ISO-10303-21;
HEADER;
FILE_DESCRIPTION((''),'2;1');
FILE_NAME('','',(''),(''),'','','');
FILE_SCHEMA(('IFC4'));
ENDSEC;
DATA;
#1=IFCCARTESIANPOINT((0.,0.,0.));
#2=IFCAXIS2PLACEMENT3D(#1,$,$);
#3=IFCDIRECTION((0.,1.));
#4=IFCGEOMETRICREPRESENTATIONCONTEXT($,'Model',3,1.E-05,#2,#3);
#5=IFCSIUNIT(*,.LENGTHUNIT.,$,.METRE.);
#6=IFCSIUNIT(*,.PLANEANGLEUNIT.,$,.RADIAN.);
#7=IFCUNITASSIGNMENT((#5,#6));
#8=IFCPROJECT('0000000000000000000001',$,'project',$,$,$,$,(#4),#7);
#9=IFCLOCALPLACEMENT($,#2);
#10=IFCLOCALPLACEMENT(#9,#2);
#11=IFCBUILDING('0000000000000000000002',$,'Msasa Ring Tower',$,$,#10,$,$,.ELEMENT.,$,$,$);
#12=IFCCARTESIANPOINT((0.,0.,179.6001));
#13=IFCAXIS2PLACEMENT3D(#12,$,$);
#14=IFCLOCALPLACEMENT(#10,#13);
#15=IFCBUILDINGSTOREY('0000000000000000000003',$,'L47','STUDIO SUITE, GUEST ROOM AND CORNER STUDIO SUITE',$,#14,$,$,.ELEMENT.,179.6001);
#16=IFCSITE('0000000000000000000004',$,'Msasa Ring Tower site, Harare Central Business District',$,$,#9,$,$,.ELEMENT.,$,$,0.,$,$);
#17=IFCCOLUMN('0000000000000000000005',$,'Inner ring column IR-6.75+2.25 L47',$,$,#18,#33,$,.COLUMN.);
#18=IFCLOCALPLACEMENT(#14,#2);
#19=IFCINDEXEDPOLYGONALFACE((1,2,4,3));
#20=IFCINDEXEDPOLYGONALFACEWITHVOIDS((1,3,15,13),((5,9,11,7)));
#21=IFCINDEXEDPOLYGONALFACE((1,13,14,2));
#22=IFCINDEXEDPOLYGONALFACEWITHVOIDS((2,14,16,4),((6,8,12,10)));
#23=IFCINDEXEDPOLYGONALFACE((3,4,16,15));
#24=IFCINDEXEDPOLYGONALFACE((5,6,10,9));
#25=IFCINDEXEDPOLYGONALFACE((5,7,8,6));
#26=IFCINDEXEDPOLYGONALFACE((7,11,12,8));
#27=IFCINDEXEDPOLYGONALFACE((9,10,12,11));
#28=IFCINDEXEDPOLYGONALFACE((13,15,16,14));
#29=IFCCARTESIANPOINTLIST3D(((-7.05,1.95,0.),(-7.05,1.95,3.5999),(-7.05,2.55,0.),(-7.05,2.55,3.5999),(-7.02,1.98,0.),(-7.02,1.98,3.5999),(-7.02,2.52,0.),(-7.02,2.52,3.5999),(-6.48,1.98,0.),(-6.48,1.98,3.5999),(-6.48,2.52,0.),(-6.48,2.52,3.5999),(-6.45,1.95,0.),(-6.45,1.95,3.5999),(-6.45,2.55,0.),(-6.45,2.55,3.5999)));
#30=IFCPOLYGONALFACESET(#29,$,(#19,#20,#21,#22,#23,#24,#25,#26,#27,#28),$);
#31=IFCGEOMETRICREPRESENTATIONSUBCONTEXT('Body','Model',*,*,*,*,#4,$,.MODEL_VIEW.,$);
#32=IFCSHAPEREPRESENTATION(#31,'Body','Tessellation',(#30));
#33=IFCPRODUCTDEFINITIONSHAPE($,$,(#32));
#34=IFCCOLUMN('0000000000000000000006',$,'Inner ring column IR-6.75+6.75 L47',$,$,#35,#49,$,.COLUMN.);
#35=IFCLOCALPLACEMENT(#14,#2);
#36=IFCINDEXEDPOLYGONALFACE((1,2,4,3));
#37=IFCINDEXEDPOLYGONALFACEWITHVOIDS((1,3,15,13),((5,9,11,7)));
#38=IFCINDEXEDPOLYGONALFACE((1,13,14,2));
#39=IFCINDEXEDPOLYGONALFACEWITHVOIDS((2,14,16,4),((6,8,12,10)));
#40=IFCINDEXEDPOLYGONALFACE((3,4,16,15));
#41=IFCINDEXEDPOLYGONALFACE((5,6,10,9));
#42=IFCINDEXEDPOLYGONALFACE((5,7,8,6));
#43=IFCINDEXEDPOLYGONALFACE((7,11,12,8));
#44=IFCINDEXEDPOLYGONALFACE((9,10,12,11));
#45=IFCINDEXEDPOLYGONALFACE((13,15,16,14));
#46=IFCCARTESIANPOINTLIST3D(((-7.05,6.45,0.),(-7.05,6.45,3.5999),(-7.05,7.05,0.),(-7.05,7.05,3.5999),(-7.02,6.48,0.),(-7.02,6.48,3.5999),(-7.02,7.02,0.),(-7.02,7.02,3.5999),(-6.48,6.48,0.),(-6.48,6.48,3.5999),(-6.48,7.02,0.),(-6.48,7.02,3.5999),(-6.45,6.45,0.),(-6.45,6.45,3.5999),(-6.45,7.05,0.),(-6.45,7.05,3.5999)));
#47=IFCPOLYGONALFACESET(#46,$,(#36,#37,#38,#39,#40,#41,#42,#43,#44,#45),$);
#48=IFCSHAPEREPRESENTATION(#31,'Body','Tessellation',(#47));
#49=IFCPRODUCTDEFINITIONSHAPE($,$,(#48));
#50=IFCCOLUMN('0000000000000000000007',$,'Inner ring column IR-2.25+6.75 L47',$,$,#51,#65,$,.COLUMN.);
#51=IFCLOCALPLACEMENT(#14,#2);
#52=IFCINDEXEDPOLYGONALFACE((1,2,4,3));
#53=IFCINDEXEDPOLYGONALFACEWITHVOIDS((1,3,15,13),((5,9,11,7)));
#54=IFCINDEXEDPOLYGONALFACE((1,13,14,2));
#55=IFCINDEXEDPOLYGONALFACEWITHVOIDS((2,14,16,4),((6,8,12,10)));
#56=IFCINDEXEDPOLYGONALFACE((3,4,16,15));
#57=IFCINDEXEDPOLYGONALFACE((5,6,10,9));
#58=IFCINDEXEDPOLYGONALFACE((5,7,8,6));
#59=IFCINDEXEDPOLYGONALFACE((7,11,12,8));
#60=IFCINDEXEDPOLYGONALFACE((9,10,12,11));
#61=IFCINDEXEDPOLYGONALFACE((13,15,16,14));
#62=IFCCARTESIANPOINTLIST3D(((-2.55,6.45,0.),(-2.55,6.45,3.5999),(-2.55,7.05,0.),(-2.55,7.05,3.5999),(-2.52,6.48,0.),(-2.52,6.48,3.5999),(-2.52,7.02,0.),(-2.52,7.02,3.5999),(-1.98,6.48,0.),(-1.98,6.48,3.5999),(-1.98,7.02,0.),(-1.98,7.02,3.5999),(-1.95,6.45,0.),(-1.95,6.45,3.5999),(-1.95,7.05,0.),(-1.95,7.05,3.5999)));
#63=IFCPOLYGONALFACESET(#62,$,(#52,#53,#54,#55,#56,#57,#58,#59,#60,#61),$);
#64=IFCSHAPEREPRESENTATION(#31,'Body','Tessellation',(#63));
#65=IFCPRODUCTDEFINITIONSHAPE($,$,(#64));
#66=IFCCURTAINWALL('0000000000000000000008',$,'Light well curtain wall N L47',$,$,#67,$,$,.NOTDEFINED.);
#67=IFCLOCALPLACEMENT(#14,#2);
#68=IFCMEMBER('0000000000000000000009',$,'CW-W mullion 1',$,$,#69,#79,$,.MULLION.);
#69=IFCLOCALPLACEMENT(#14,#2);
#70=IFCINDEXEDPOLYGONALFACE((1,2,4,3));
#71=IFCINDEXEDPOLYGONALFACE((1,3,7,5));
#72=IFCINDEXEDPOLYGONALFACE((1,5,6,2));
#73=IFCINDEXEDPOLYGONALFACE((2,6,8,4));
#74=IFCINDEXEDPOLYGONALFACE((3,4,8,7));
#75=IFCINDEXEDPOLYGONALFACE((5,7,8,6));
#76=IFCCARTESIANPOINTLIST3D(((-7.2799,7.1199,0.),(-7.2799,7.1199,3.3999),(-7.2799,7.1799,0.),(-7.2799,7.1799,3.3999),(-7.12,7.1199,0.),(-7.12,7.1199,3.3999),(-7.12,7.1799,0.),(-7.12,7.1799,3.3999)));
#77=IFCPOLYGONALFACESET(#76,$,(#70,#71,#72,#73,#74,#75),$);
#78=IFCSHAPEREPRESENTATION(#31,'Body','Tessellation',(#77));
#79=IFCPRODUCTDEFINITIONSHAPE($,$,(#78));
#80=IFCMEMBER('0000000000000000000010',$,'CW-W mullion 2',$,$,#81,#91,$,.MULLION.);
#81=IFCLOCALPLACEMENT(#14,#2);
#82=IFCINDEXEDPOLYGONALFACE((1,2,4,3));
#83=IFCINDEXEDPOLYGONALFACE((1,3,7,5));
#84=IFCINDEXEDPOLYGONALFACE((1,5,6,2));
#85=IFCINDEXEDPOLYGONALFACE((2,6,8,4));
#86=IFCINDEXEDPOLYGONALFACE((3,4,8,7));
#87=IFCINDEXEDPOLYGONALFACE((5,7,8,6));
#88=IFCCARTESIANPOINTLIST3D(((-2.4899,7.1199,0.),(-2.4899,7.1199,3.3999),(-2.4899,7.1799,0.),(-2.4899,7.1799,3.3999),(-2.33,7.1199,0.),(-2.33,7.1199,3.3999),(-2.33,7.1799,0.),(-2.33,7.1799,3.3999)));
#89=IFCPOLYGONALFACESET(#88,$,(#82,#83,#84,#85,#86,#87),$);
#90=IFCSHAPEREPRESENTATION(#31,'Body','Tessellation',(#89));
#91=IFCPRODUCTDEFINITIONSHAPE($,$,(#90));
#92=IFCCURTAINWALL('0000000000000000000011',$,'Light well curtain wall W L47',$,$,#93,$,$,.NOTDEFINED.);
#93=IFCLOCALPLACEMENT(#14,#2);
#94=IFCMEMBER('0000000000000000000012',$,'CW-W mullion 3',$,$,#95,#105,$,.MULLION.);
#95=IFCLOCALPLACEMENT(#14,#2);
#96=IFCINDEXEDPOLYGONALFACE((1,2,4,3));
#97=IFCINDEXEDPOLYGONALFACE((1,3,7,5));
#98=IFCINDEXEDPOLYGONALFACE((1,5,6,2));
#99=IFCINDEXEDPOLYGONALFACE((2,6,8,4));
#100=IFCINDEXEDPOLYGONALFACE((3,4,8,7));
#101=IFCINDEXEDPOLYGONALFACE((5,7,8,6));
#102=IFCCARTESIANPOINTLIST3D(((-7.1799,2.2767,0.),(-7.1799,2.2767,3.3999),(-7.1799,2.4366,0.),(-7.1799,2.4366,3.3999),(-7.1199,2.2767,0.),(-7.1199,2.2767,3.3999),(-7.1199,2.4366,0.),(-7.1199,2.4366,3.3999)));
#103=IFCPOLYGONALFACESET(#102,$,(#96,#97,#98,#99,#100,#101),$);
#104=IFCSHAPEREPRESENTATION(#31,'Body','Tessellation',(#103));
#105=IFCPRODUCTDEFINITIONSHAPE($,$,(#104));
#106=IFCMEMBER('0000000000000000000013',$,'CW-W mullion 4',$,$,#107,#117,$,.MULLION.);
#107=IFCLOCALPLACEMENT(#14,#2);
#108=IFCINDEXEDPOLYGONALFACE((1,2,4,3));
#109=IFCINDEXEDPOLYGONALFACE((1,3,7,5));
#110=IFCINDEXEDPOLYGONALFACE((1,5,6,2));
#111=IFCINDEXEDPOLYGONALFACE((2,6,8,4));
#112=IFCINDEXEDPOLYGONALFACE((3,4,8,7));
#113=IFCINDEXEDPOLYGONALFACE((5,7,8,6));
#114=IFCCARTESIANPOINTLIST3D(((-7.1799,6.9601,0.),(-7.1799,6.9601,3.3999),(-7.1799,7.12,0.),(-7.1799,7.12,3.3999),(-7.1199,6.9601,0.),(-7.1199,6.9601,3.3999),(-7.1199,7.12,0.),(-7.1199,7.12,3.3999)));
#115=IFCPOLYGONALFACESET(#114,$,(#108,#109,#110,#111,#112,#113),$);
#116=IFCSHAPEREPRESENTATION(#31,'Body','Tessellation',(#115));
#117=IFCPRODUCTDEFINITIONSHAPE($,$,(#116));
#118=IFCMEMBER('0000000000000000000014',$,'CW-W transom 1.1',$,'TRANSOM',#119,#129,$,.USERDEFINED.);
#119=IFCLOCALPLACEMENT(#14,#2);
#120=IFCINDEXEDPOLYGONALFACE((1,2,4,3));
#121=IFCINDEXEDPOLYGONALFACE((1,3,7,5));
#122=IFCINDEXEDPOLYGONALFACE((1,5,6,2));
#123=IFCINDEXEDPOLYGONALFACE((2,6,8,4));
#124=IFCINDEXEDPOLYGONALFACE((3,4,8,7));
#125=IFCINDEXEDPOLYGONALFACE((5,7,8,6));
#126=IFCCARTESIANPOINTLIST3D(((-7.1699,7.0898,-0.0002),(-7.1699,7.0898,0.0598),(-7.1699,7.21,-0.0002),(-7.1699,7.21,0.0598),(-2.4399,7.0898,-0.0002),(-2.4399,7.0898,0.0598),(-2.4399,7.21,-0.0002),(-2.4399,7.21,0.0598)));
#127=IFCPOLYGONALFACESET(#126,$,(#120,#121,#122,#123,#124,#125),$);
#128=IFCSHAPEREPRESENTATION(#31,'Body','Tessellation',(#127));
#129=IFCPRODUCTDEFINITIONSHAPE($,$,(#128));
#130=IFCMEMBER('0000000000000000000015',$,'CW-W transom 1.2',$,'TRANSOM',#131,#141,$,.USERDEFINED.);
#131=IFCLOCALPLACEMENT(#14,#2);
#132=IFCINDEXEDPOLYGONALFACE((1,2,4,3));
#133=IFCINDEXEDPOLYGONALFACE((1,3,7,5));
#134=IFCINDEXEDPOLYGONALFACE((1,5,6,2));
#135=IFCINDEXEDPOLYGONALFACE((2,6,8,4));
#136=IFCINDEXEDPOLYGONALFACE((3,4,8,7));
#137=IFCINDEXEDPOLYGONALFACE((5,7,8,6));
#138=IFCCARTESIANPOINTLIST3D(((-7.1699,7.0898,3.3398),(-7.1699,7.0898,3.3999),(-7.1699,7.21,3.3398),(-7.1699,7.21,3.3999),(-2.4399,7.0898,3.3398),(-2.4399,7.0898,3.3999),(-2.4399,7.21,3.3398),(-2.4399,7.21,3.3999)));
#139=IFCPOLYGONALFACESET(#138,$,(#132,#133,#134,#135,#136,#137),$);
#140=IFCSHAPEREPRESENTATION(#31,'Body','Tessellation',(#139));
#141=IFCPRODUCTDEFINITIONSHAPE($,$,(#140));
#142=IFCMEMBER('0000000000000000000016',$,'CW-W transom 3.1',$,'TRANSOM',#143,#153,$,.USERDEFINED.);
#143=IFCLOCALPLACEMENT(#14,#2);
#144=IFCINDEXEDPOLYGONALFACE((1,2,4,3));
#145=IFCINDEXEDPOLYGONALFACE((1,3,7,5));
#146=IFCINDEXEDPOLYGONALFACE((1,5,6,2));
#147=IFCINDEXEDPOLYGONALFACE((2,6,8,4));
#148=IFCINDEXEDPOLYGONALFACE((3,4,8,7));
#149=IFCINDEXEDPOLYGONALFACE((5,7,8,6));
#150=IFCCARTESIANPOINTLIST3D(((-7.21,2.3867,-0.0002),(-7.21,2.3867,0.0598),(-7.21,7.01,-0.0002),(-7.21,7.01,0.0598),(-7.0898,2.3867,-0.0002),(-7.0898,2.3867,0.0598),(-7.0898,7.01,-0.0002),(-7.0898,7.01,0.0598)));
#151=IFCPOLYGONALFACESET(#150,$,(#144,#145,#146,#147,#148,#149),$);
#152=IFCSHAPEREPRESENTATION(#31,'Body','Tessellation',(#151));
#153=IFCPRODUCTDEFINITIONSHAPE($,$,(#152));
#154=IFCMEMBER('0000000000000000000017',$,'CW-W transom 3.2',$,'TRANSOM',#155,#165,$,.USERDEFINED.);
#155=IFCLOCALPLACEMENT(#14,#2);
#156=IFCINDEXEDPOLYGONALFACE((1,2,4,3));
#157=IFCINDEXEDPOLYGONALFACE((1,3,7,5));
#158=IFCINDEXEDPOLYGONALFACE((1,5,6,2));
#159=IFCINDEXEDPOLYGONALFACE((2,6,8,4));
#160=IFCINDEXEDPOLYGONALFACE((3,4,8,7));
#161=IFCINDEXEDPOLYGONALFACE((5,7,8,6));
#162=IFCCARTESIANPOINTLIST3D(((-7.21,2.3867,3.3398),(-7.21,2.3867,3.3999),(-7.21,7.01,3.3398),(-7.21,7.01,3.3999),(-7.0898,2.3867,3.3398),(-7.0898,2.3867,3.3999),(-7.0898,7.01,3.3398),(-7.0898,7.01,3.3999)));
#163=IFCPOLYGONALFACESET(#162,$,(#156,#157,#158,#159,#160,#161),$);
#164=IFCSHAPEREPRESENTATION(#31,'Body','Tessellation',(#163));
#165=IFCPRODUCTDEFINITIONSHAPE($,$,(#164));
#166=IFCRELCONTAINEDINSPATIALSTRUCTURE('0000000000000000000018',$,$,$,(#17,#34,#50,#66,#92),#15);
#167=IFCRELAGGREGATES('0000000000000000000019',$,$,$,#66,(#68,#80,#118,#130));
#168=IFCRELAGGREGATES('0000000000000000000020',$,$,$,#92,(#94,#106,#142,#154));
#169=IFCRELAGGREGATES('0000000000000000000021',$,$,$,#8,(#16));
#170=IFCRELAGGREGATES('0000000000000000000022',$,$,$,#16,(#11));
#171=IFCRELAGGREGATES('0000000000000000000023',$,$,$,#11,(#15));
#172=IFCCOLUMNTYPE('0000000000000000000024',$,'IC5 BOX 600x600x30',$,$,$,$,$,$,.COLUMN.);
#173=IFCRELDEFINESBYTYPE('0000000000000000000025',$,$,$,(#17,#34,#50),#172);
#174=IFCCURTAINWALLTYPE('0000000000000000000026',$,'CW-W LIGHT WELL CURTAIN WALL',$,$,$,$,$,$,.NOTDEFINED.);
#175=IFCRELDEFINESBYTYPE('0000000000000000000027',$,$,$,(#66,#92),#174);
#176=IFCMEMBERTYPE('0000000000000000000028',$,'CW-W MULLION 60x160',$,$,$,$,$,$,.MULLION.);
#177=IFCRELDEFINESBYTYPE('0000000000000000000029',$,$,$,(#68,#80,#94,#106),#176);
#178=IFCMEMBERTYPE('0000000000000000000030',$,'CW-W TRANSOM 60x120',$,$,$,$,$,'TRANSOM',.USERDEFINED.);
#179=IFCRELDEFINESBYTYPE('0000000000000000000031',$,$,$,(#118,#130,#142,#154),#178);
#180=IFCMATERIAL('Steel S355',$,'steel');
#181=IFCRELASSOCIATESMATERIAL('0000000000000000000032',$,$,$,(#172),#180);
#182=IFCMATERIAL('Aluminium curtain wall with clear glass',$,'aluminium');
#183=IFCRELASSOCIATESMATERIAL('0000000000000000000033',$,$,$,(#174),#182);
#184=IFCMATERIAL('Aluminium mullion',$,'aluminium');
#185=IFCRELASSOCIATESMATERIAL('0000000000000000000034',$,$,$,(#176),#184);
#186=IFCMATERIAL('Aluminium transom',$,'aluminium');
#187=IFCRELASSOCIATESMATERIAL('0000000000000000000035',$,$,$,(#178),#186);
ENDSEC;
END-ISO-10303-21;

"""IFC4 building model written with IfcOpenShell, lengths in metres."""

from ifc_helpers import new_model, si_unit, direction, frame, origin, origin_2d, place, context, subcontext, project, spatial, rectangle, hollow_rectangle, extrude, material, material_profile, profile_set, type_object, element, aggregate, save


model = new_model("IFC4")

# Units and contexts
model_context = context("Model", 3, precision=1e-05, world=origin(), true_north=direction((0.0, 1.0)))
body_context = subcontext(model_context, "Body", "Model", "MODEL_VIEW")
ifc_project = project(units=[si_unit("LENGTHUNIT", "METRE"), si_unit("PLANEANGLEUNIT", "RADIAN")], contexts=[model_context])

# Site, building, storey
site_placement = place(None, origin())
site = spatial("IfcSite", under=ifc_project, at=site_placement, Name="Msasa Ring Tower site, Harare Central Business District", CompositionType="ELEMENT", RefElevation=0.0)
building_placement = place(site_placement, origin())
building = spatial("IfcBuilding", under=site, at=building_placement, Name="Msasa Ring Tower", CompositionType="ELEMENT")
storey_placement = place(building_placement, frame((0.0, 0.0, 179.6001)))
storey = spatial("IfcBuildingStorey", under=building, at=storey_placement, Name="L47", Description="STUDIO SUITE, GUEST ROOM AND CORNER STUDIO SUITE", CompositionType="ELEMENT", Elevation=179.6001)

# Columns
ifc_material_1 = material(Name="Steel S355", Category="steel")
ifc_material_profile_1 = material_profile(ifc_material_1, hollow_rectangle(XDim=0.6001, YDim=0.6001, WallThickness=0.03, at=origin_2d()), Name="BOX 600x600x30")
ifc_profile_set_1 = profile_set([ifc_material_profile_1], Name="Steel S355")
column_type = type_object("IfcColumnType", Name="IC5 BOX 600x600x30", PredefinedType="COLUMN", material=ifc_profile_set_1)
for number, where, z_axis, x_axis, name in (
    (1, (-6.75, 2.25, 0.0), (0.0, 0.0, 1.0), (1.0, 0.0, 0.0), "Inner ring column IR-6.75+2.25 L47"),
    (2, (-6.75, 6.75, 0.0), (0.0, 0.0, 1.0), (1.0, 0.0, 0.0), "Inner ring column IR-6.75+6.75 L47"),
    (3, (-2.25, 6.75, 0.0), (0.0, 0.0, 1.0), (1.0, 0.0, 0.0), "Inner ring column IR-2.25+6.75 L47"),
):
    element("IfcColumn", number, at=place(storey_placement, frame(where, z_axis=z_axis, x_axis=x_axis)), inside=storey, type_object=column_type, Name=name, PredefinedType="COLUMN", context=body_context, shape_type="SweptSolid", body=[
        extrude(hollow_rectangle(XDim=0.6001, YDim=0.6001, WallThickness=0.03, at=origin_2d()), origin(), (0.0, 0.0, 1.0), 3.5999),
    ])

# Curtain walls, members
ifc_material_2 = material(Name="Aluminium curtain wall with clear glass", Category="aluminium")
curtain_wall_type = type_object("IfcCurtainWallType", Name="CW-W LIGHT WELL CURTAIN WALL", PredefinedType="NOTDEFINED", material=ifc_material_2)
curtain_wall_1_placement = place(storey_placement, origin())
curtain_wall_1 = element("IfcCurtainWall", 4, at=curtain_wall_1_placement, inside=storey, type_object=curtain_wall_type, Name="Light well curtain wall N L47", PredefinedType="NOTDEFINED")
ifc_material_3 = material(Name="Aluminium mullion", Category="aluminium")
ifc_material_profile_2 = material_profile(ifc_material_3, rectangle(XDim=0.0601, YDim=0.1599, at=origin_2d()), Name="AL 60x160")
ifc_profile_set_2 = profile_set([ifc_material_profile_2], Name="Aluminium mullion")
member_type_1 = type_object("IfcMemberType", Name="CW-W MULLION 60x160", PredefinedType="MULLION", material=ifc_profile_set_2)
member_1_placement = place(storey_placement, frame((-7.2, 7.1499, 0.0), z_axis=(0.0, 0.0, 1.0), x_axis=(0.0, 1.0, 0.0)))
member_1 = element("IfcMember", 5, at=member_1_placement, type_object=member_type_1, Name="CW-W mullion 1", PredefinedType="MULLION", context=body_context, shape_type="SweptSolid", body=[
    extrude(rectangle(XDim=0.0601, YDim=0.1599, at=origin_2d()), origin(), (0.0, 0.0, 1.0), 3.3999),
])
member_2_placement = place(storey_placement, frame((-2.4099, 7.1499, 0.0), z_axis=(0.0, 0.0, 1.0), x_axis=(0.0, 1.0, 0.0)))
member_2 = element("IfcMember", 6, at=member_2_placement, type_object=member_type_1, Name="CW-W mullion 2", PredefinedType="MULLION", context=body_context, shape_type="SweptSolid", body=[
    extrude(rectangle(XDim=0.0601, YDim=0.1599, at=origin_2d()), origin(), (0.0, 0.0, 1.0), 3.3999),
])
curtain_wall_2_placement = place(storey_placement, origin())
curtain_wall_2 = element("IfcCurtainWall", 7, at=curtain_wall_2_placement, inside=storey, type_object=curtain_wall_type, Name="Light well curtain wall W L47", PredefinedType="NOTDEFINED")
member_3_placement = place(storey_placement, frame((-7.1499, 2.3567, 0.0), z_axis=(0.0, 0.0, 1.0), x_axis=(-1.0, 0.0, 0.0)))
member_3 = element("IfcMember", 8, at=member_3_placement, type_object=member_type_1, Name="CW-W mullion 3", PredefinedType="MULLION", context=body_context, shape_type="SweptSolid", body=[
    extrude(rectangle(XDim=0.0601, YDim=0.1599, at=origin_2d()), origin(), (0.0, 0.0, 1.0), 3.3999),
])
member_4_placement = place(storey_placement, frame((-7.1499, 7.04, 0.0), z_axis=(0.0, 0.0, 1.0), x_axis=(-1.0, 0.0, 0.0)))
member_4 = element("IfcMember", 9, at=member_4_placement, type_object=member_type_1, Name="CW-W mullion 4", PredefinedType="MULLION", context=body_context, shape_type="SweptSolid", body=[
    extrude(rectangle(XDim=0.0601, YDim=0.1599, at=origin_2d()), origin(), (0.0, 0.0, 1.0), 3.3999),
])

# Members
ifc_material_4 = material(Name="Aluminium transom", Category="aluminium")
ifc_material_profile_3 = material_profile(ifc_material_4, rectangle(XDim=0.1201, YDim=0.0601, at=origin_2d()), Name="AL 60x120")
ifc_profile_set_3 = profile_set([ifc_material_profile_3], Name="Aluminium transom")
member_type_2 = type_object("IfcMemberType", Name="CW-W TRANSOM 60x120", ElementType="TRANSOM", PredefinedType="USERDEFINED", material=ifc_profile_set_3)
member_5_placement = place(storey_placement, frame((-7.1699, 7.1499, 0.0298), z_axis=(1.0, 0.0, 0.0), x_axis=(0.0, 1.0, 0.0)))
member_5 = element("IfcMember", 10, at=member_5_placement, type_object=member_type_2, Name="CW-W transom 1.1", ObjectType="TRANSOM", PredefinedType="USERDEFINED", context=body_context, shape_type="SweptSolid", body=[
    extrude(rectangle(XDim=0.1201, YDim=0.0601, at=origin_2d()), origin(), (0.0, 0.0, 1.0), 4.73),
])
member_6_placement = place(storey_placement, frame((-7.1699, 7.1499, 3.3699), z_axis=(1.0, 0.0, 0.0), x_axis=(0.0, 1.0, 0.0)))
member_6 = element("IfcMember", 11, at=member_6_placement, type_object=member_type_2, Name="CW-W transom 1.2", ObjectType="TRANSOM", PredefinedType="USERDEFINED", context=body_context, shape_type="SweptSolid", body=[
    extrude(rectangle(XDim=0.1201, YDim=0.0601, at=origin_2d()), origin(), (0.0, 0.0, 1.0), 4.73),
])
member_7_placement = place(storey_placement, frame((-7.1499, 2.3867, 0.0298), z_axis=(0.0, 1.0, 0.0), x_axis=(-1.0, 0.0, 0.0)))
member_7 = element("IfcMember", 12, at=member_7_placement, type_object=member_type_2, Name="CW-W transom 3.1", ObjectType="TRANSOM", PredefinedType="USERDEFINED", context=body_context, shape_type="SweptSolid", body=[
    extrude(rectangle(XDim=0.1201, YDim=0.0601, at=origin_2d()), origin(), (0.0, 0.0, 1.0), 4.6233),
])
member_8_placement = place(storey_placement, frame((-7.1499, 2.3867, 3.3699), z_axis=(0.0, 1.0, 0.0), x_axis=(-1.0, 0.0, 0.0)))
member_8 = element("IfcMember", 13, at=member_8_placement, type_object=member_type_2, Name="CW-W transom 3.2", ObjectType="TRANSOM", PredefinedType="USERDEFINED", context=body_context, shape_type="SweptSolid", body=[
    extrude(rectangle(XDim=0.1201, YDim=0.0601, at=origin_2d()), origin(), (0.0, 0.0, 1.0), 4.6233),
])

aggregate(curtain_wall_1, [member_1, member_2, member_5, member_6])
aggregate(curtain_wall_2, [member_3, member_4, member_7, member_8])

save(model, "model.ifc")
